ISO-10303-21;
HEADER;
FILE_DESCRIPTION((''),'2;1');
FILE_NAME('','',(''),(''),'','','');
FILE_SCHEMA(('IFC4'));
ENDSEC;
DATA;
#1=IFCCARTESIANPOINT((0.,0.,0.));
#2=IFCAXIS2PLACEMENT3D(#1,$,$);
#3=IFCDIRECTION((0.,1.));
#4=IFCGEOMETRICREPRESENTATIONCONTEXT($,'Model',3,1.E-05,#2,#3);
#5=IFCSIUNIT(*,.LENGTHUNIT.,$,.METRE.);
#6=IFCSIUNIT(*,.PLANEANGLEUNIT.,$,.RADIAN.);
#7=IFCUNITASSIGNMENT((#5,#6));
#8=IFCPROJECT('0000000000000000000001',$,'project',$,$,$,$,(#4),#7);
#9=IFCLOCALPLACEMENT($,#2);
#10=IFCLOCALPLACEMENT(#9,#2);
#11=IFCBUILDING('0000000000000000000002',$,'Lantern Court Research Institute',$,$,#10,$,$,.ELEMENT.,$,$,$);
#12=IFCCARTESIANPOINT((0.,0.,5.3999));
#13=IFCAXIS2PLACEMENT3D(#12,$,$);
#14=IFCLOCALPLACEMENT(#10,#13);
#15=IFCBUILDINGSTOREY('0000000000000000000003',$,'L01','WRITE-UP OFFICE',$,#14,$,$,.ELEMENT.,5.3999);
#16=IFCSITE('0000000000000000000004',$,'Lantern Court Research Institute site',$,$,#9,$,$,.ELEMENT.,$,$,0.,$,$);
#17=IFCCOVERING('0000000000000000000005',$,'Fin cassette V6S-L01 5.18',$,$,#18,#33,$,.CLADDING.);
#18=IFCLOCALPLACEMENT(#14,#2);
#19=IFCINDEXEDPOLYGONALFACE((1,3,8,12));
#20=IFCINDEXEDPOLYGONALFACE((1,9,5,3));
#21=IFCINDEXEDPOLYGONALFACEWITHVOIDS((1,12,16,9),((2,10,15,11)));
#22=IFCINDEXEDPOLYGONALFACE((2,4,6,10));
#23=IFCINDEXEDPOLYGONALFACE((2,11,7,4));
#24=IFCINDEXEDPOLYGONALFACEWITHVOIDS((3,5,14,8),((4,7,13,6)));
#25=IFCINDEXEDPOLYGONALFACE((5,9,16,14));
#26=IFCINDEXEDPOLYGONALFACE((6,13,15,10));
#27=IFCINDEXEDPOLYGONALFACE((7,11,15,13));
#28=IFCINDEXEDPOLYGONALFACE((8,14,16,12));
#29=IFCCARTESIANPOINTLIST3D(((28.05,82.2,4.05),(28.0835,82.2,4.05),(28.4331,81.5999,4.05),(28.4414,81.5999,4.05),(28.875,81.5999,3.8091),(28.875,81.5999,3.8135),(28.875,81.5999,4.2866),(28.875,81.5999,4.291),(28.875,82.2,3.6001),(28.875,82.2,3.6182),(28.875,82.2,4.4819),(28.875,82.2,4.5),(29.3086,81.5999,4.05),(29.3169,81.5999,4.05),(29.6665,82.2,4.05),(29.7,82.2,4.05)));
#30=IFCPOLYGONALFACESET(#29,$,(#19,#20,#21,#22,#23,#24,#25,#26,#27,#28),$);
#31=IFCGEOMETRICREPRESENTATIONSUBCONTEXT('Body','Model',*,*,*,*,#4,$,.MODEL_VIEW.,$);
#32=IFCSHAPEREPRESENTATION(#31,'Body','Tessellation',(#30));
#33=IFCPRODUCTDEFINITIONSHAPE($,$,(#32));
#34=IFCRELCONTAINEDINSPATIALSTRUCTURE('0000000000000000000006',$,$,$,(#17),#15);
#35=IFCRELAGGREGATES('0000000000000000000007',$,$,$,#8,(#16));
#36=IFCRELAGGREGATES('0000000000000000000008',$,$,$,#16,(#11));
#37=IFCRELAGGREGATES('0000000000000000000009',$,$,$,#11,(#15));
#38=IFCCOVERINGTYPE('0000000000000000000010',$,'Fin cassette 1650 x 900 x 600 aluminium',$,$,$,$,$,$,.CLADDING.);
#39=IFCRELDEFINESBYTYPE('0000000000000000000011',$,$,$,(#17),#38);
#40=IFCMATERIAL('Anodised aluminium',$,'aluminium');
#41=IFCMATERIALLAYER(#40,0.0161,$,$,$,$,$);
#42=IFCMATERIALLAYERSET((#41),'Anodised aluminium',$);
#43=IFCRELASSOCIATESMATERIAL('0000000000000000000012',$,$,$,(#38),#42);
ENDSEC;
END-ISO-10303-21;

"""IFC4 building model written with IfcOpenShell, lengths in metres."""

from ifc_helpers import new_model, entity, si_unit, direction, frame, origin, place, context, subcontext, project, spatial, material, layer, layer_set, type_object, element, save


model = new_model("IFC4")

# Units and contexts
model_context = context("Model", 3, precision=1e-05, world=origin(), true_north=direction((0.0, 1.0)))
body_context = subcontext(model_context, "Body", "Model", "MODEL_VIEW")
ifc_project = project(units=[si_unit("LENGTHUNIT", "METRE"), si_unit("PLANEANGLEUNIT", "RADIAN")], contexts=[model_context])

# Site, building, storey
site_placement = place(None, origin())
site = spatial("IfcSite", under=ifc_project, at=site_placement, Name="Lantern Court Research Institute site", CompositionType="ELEMENT", RefElevation=0.0)
building_placement = place(site_placement, origin())
building = spatial("IfcBuilding", under=site, at=building_placement, Name="Lantern Court Research Institute", CompositionType="ELEMENT")
storey_placement = place(building_placement, frame((0.0, 0.0, 5.3999)))
storey = spatial("IfcBuildingStorey", under=building, at=storey_placement, Name="L01", Description="WRITE-UP OFFICE", CompositionType="ELEMENT", Elevation=5.3999)

# Covering
ifc_material_1 = material(Name="Anodised aluminium", Category="aluminium")
ifc_layer_1 = layer(ifc_material_1, 0.0161)
ifc_layer_set_1 = layer_set([ifc_layer_1], Name="Anodised aluminium")
covering_type_1 = type_object("IfcCoveringType", Name="Fin cassette 1650 x 900 x 600 aluminium", PredefinedType="CLADDING", material=ifc_layer_set_1)
covering_1_placement = place(storey_placement, frame((28.875, 82.2, 4.05), z_axis=(0.0, -1.0, 0.0), x_axis=(1.0, 0.0, 0.0)))
cartesian_point_1 = entity("IfcCartesianPoint", [0.825, 0.0])
cartesian_point_2 = entity("IfcCartesianPoint", [0.7915, 0.0])
cartesian_point_3 = entity("IfcCartesianPoint", [0.4419, 0.0])
cartesian_point_4 = entity("IfcCartesianPoint", [0.4336, 0.0])
element("IfcCovering", 1, at=covering_1_placement, inside=storey, type_object=covering_type_1, Name="Fin cassette V6S-L01 5.18", PredefinedType="CLADDING", context=body_context, shape_type="SweptSolid", body=[
    entity("IfcExtrudedAreaSolidTapered", entity("IfcArbitraryProfileDefWithVoids", "AREA", None, entity("IfcPolyline", [cartesian_point_1, entity("IfcCartesianPoint", [0.0, 0.45]), entity("IfcCartesianPoint", [-0.825, 0.0]), entity("IfcCartesianPoint", [0.0, -0.45]), cartesian_point_1]), [entity("IfcPolyline", [cartesian_point_2, entity("IfcCartesianPoint", [0.0, 0.4319]), entity("IfcCartesianPoint", [-0.7915, 0.0]), entity("IfcCartesianPoint", [0.0, -0.4319]), cartesian_point_2])]), entity("IfcAxis2Placement3D", entity("IfcCartesianPoint", [0.0, 0.0, 0.0])), entity("IfcDirection", [0.0, 0.0, 1.0]), 0.6001, entity("IfcArbitraryProfileDefWithVoids", "AREA", None, entity("IfcPolyline", [cartesian_point_3, entity("IfcCartesianPoint", [0.0, 0.241]), entity("IfcCartesianPoint", [-0.4419, 0.0]), entity("IfcCartesianPoint", [0.0, -0.241]), cartesian_point_3]), [entity("IfcPolyline", [cartesian_point_4, entity("IfcCartesianPoint", [0.0, 0.2366]), entity("IfcCartesianPoint", [-0.4336, 0.0]), entity("IfcCartesianPoint", [0.0, -0.2366]), cartesian_point_4])])),
])

save(model, "model.ifc")
